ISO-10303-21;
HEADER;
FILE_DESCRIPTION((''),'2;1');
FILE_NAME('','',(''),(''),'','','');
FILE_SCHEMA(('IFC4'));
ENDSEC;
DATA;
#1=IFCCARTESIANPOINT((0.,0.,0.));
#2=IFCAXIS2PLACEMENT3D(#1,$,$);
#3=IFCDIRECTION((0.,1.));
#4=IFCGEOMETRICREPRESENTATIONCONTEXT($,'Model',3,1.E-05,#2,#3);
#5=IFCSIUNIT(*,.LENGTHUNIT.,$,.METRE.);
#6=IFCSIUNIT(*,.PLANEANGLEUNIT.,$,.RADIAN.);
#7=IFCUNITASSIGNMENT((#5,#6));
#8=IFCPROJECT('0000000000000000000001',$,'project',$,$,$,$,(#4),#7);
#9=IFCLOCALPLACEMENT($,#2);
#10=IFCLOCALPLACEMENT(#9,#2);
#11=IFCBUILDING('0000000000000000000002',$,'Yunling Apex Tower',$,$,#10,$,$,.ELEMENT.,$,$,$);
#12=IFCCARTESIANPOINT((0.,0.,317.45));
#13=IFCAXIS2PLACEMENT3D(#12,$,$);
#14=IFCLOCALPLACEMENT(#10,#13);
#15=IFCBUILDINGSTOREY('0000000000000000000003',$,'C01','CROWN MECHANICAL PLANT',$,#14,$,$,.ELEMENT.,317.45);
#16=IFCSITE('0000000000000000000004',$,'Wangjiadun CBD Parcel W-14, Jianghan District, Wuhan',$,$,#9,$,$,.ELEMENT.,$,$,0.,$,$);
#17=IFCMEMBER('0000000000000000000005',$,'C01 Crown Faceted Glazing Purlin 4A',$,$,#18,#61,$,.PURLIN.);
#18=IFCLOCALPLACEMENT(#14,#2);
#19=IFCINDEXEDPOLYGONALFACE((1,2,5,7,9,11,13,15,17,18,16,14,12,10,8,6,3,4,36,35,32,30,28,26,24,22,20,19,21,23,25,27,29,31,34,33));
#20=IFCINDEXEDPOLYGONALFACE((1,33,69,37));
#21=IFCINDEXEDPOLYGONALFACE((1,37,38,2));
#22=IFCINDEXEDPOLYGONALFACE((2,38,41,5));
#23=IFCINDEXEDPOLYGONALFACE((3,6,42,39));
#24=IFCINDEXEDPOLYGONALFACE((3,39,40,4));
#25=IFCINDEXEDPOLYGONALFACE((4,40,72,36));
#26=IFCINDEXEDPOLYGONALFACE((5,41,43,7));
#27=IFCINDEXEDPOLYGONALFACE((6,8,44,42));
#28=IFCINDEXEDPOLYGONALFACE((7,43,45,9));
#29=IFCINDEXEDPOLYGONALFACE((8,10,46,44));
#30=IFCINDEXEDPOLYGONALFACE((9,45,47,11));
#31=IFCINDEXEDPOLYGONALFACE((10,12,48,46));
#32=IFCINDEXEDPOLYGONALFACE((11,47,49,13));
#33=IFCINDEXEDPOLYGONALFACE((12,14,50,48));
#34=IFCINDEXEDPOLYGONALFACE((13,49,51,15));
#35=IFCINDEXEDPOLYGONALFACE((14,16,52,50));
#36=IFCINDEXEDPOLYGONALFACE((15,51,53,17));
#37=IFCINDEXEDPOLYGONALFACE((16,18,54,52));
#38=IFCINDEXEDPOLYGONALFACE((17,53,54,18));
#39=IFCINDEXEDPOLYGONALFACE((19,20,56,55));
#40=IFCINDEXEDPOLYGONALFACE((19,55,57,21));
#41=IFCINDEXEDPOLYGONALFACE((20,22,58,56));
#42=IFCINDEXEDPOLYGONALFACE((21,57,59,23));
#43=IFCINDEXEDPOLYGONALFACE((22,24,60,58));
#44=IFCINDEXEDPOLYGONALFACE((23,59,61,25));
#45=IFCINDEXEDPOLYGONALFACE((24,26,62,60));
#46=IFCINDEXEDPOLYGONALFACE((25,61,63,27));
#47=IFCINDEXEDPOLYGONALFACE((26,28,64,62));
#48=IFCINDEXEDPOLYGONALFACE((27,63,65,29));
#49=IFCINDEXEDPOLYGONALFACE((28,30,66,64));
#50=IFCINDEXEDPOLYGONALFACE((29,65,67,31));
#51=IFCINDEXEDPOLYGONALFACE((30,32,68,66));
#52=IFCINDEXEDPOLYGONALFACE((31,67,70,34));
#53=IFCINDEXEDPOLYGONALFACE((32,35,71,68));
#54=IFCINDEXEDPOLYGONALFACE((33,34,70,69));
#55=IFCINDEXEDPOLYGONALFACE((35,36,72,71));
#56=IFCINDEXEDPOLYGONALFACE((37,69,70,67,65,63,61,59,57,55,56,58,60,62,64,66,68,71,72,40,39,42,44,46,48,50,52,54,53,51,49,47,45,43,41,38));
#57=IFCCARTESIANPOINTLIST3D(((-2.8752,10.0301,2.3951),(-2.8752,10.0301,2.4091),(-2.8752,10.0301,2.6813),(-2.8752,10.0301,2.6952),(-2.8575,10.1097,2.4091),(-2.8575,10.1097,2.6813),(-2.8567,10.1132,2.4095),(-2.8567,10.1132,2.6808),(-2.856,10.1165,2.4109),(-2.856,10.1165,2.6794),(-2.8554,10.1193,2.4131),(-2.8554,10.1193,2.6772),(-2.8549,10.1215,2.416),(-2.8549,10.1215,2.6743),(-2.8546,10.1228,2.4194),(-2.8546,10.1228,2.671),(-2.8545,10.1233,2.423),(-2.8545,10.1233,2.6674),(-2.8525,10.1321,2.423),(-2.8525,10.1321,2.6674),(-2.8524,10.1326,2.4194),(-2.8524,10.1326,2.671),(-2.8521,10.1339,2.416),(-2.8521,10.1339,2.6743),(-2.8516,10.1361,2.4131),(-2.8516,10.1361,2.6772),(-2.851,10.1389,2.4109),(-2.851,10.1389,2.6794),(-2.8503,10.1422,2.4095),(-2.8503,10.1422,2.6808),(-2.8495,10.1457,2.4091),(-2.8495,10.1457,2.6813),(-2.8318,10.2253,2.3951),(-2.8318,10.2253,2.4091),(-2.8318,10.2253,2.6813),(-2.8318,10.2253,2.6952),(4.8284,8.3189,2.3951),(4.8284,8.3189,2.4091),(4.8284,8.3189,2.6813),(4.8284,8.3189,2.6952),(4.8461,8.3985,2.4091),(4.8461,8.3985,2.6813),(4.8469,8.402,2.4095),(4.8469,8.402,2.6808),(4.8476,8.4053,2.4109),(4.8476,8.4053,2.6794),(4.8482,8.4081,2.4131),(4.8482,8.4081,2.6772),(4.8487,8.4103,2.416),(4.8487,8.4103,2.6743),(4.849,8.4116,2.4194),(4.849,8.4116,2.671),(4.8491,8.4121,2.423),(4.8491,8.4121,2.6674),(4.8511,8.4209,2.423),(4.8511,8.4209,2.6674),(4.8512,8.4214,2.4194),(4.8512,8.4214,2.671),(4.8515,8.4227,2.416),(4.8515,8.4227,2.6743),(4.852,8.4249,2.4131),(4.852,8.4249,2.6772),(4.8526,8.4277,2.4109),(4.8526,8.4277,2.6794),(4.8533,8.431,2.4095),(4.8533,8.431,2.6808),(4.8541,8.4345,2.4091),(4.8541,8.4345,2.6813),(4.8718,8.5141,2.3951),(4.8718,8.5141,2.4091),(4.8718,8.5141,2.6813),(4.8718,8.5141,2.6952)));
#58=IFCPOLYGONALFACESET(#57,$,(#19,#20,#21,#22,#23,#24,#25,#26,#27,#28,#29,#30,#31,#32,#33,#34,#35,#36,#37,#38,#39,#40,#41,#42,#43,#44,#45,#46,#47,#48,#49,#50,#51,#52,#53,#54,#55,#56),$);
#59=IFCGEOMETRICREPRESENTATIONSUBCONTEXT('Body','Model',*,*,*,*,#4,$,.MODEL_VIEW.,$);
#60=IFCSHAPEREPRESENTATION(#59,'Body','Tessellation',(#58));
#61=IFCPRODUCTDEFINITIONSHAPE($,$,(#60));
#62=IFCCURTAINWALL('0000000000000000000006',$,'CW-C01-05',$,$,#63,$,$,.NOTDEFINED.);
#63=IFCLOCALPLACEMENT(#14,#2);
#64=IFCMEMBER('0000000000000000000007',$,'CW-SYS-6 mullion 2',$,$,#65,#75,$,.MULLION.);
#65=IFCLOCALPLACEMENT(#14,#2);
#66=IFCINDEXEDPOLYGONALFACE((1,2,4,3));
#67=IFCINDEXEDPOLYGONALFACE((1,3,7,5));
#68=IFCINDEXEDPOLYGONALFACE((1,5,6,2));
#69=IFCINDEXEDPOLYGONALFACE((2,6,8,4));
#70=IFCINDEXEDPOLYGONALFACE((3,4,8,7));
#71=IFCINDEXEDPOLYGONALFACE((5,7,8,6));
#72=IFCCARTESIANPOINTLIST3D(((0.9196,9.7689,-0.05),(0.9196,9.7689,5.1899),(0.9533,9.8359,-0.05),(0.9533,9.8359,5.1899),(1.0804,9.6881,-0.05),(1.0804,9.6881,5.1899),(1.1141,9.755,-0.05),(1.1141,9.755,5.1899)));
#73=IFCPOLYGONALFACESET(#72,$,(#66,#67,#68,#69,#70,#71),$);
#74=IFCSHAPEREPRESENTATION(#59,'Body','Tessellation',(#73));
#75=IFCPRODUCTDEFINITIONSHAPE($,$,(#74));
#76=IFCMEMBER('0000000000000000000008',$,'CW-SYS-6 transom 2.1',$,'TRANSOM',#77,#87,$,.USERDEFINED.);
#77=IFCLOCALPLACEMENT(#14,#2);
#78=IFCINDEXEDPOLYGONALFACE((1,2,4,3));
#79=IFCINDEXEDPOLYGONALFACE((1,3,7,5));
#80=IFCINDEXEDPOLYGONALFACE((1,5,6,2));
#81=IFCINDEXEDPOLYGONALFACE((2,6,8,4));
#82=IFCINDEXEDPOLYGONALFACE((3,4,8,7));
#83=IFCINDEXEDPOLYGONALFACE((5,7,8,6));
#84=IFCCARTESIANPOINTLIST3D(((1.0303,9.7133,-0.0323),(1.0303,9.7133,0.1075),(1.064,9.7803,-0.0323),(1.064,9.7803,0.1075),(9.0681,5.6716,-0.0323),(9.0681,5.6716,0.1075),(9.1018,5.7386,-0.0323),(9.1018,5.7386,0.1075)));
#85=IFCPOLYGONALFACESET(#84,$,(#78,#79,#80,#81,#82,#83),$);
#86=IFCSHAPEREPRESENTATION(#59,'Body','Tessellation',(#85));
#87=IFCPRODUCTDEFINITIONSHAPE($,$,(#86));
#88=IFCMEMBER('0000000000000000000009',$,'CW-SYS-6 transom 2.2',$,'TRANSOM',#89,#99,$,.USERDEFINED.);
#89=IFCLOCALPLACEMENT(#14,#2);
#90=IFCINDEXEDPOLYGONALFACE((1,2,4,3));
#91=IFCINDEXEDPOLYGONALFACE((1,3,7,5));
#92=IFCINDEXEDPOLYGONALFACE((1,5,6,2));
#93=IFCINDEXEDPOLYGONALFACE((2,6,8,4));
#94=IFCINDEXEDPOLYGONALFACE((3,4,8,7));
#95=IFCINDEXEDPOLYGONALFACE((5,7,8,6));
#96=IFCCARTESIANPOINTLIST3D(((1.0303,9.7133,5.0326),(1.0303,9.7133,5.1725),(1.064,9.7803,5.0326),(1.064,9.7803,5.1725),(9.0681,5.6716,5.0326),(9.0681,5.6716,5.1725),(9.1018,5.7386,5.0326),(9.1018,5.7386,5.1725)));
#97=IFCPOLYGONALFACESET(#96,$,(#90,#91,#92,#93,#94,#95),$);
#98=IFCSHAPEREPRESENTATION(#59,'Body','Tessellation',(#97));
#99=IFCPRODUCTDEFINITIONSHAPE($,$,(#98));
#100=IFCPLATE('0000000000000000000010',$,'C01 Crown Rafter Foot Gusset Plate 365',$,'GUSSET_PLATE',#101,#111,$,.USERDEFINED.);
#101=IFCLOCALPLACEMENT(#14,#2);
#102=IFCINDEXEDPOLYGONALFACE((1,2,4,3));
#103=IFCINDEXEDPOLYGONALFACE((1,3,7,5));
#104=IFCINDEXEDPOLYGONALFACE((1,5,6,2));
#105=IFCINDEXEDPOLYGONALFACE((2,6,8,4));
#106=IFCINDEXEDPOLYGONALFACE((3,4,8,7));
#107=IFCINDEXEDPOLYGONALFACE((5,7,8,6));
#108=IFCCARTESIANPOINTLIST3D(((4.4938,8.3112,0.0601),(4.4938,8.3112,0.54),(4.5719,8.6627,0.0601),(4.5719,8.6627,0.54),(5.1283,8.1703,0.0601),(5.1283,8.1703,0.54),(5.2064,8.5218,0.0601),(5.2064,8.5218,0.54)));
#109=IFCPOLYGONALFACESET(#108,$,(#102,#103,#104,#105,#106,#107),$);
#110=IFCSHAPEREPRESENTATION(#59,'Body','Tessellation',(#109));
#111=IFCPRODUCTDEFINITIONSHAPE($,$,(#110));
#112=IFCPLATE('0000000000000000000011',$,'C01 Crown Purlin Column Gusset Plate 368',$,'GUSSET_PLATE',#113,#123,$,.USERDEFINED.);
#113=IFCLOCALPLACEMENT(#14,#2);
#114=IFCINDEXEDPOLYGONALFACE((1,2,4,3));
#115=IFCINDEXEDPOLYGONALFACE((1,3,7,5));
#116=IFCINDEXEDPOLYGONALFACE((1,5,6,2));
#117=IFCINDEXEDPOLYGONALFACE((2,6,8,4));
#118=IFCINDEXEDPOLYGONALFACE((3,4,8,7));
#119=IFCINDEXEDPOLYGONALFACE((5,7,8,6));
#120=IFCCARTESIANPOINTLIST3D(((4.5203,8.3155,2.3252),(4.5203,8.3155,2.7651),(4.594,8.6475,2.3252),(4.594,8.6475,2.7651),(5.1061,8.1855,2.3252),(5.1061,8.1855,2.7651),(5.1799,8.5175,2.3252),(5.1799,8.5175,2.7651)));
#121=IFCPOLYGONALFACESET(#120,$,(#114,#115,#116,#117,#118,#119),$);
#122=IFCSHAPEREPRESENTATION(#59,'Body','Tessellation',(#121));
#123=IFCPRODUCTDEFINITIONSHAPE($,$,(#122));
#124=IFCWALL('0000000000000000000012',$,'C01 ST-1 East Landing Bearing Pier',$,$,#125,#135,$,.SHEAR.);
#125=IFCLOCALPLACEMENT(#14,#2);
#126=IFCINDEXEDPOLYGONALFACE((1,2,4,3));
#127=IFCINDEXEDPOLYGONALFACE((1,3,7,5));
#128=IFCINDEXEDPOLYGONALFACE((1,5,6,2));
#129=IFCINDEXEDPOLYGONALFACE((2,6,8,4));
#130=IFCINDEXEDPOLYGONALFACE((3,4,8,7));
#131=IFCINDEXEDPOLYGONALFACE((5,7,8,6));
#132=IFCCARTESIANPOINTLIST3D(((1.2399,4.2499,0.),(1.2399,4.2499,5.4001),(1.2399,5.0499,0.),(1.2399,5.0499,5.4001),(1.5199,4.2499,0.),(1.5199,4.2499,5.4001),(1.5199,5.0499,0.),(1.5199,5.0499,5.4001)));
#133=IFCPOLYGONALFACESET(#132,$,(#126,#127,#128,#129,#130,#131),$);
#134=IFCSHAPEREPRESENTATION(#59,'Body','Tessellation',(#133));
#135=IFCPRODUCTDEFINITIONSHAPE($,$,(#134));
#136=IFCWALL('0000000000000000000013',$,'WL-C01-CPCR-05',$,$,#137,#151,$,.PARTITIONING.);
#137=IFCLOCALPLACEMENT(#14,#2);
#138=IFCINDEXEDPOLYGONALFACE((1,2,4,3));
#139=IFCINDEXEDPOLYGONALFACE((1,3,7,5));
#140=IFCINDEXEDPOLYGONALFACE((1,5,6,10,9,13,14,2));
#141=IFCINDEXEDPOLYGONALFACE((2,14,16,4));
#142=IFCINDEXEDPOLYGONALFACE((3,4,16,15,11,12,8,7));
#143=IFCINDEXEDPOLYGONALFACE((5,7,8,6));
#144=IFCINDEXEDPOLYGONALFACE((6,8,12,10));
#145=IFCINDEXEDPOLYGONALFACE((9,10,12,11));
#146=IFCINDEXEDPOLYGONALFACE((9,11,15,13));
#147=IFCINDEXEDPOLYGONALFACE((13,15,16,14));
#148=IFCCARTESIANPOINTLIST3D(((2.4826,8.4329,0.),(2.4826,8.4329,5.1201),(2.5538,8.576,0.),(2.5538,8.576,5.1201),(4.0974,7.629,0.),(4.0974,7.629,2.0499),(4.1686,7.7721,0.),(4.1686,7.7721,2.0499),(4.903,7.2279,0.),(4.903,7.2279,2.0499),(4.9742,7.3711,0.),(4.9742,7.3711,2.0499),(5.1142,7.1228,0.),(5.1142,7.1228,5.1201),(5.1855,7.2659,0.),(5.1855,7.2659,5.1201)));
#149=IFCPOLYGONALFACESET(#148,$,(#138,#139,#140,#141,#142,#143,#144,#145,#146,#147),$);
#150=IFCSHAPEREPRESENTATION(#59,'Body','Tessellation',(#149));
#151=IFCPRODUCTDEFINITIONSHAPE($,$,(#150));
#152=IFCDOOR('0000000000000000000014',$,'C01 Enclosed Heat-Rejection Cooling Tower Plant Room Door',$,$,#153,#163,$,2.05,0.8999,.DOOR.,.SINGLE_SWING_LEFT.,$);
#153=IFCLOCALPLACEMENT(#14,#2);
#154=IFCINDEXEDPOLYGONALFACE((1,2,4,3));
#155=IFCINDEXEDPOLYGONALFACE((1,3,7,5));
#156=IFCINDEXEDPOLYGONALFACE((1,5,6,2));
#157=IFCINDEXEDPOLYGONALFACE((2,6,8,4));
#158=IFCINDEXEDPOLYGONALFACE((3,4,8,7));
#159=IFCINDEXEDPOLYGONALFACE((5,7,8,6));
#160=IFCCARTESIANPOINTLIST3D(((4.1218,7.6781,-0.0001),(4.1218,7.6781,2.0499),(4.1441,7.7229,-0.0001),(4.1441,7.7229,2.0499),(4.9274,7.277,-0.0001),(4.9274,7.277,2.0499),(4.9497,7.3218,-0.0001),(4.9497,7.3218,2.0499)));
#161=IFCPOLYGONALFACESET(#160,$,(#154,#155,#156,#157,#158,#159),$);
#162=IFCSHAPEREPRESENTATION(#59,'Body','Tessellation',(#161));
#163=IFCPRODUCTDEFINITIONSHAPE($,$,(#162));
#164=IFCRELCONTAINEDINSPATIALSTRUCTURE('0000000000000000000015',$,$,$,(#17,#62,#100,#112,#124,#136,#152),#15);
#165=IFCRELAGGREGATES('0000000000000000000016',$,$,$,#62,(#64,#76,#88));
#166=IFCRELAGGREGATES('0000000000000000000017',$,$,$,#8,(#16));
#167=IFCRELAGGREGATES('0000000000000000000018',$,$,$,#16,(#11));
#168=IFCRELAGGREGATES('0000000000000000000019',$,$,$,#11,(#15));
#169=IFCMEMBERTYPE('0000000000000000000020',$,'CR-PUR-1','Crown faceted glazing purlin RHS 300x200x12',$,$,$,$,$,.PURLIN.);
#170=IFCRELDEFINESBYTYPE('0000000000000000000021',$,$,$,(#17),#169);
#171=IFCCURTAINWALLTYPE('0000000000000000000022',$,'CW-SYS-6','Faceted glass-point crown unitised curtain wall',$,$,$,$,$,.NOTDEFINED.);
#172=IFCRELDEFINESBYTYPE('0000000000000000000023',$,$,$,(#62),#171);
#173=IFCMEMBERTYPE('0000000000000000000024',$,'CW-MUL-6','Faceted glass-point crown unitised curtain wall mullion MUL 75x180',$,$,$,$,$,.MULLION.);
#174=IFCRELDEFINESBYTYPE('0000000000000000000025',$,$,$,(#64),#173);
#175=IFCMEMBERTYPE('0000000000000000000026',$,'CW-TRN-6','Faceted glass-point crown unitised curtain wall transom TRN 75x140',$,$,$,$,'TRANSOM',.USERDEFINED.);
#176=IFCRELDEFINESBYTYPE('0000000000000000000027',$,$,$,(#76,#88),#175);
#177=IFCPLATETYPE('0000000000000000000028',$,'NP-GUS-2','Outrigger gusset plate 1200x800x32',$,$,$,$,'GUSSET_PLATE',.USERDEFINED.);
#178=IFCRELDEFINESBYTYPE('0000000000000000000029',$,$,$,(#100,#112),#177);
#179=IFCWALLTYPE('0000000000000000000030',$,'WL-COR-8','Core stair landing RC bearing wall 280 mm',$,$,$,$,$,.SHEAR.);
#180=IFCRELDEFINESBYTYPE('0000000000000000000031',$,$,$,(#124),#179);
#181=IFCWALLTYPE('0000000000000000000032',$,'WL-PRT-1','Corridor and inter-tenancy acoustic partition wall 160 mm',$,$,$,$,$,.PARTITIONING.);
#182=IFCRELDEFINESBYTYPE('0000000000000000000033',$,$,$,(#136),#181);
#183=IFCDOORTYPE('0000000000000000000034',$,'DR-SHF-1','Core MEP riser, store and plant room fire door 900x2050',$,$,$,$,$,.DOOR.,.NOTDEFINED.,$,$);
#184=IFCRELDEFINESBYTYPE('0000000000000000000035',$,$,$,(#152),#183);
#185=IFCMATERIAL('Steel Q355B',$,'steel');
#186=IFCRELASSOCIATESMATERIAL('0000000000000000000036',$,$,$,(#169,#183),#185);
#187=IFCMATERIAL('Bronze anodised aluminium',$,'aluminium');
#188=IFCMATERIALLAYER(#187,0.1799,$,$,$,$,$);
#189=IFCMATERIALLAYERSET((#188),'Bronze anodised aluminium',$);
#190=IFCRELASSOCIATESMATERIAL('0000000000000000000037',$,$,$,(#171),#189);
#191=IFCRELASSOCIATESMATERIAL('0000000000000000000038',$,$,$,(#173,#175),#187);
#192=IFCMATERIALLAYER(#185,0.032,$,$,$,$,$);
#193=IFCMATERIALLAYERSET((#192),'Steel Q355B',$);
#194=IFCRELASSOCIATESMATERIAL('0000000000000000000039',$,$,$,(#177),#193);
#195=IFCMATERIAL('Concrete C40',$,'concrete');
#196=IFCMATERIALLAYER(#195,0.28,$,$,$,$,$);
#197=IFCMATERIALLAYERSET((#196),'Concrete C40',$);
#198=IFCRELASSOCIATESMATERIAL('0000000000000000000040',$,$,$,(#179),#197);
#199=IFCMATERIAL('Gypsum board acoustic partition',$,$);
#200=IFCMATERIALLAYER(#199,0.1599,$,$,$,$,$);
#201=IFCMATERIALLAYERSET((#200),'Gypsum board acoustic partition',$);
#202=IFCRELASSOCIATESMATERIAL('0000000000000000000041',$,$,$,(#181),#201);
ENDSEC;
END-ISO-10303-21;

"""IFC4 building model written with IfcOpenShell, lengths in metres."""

from ifc_helpers import new_model, si_unit, direction, frame, frame_2d, origin, origin_2d, place, context, subcontext, project, spatial, rectangle, i_section, extrude, source, transform, mapped, material, layer, layer_set, material_profile, profile_set, type_object, element, fill, aggregate, save


model = new_model("IFC4")

# Units and contexts
model_context = context("Model", 3, precision=1e-05, world=origin(), true_north=direction((0.0, 1.0)))
body_context = subcontext(model_context, "Body", "Model", "MODEL_VIEW")
ifc_project = project(units=[si_unit("LENGTHUNIT", "METRE"), si_unit("PLANEANGLEUNIT", "RADIAN")], contexts=[model_context])

# Site, building, storey
site_placement = place(None, origin())
site = spatial("IfcSite", under=ifc_project, at=site_placement, Name="Wangjiadun CBD Parcel W-14, Jianghan District, Wuhan", CompositionType="ELEMENT", RefElevation=0.0)
building_placement = place(site_placement, origin())
building = spatial("IfcBuilding", under=site, at=building_placement, Name="Yunling Apex Tower", CompositionType="ELEMENT")
storey_placement = place(building_placement, frame((0.0, 0.0, 317.45)))
storey = spatial("IfcBuildingStorey", under=building, at=storey_placement, Name="C01", Description="CROWN MECHANICAL PLANT", CompositionType="ELEMENT", Elevation=317.45)

# Shared definitions
ifc_material_1 = material(Name="Steel Q355B", Category="steel")

# Member
ifc_material_profile_1 = material_profile(ifc_material_1, i_section(OverallWidth=0.2, OverallDepth=0.3, WebThickness=0.009, FlangeThickness=0.0139, FilletRadius=0.0139, at=origin_2d()))
ifc_profile_set_1 = profile_set([ifc_material_profile_1], Name="Steel Q355B")
member_type_1 = type_object("IfcMemberType", Name="CR-PUR-1", Description="Crown faceted glazing purlin RHS 300x200x12", PredefinedType="PURLIN", material=ifc_profile_set_1)
shared_shape_1 = source(origin(), body_context, "Body", "SweptSolid", [
    extrude(i_section(OverallWidth=0.2, OverallDepth=0.3, WebThickness=0.009, FlangeThickness=0.0139, FilletRadius=0.0139, at=origin_2d()), origin(), (0.0, 0.0, 1.0), 7.8914),
])
member_1_placement = place(storey_placement, frame((4.8501, 8.4165, 2.5452), z_axis=(-0.976207, 0.216842, 0.0), x_axis=(-0.216842, -0.976207, 0.0)))
element("IfcMember", 1, at=member_1_placement, inside=storey, type_object=member_type_1, Name="C01 Crown Faceted Glazing Purlin 4A", PredefinedType="PURLIN", context=body_context, shape_type="MappedRepresentation", body=[
    mapped(shared_shape_1, transform((0.0, 0.0, 0.0), scale=1.0)),
])

# Curtain wall, members
ifc_material_2 = material(Name="Bronze anodised aluminium", Category="aluminium")
ifc_layer_1 = layer(ifc_material_2, 0.1799)
ifc_layer_set_1 = layer_set([ifc_layer_1], Name="Bronze anodised aluminium")
curtain_wall_type = type_object("IfcCurtainWallType", Name="CW-SYS-6", Description="Faceted glass-point crown unitised curtain wall", PredefinedType="NOTDEFINED", material=ifc_layer_set_1)
curtain_wall_placement = place(storey_placement, origin())
curtain_wall = element("IfcCurtainWall", 2, at=curtain_wall_placement, inside=storey, type_object=curtain_wall_type, Name="CW-C01-05", PredefinedType="NOTDEFINED")
ifc_material_profile_2 = material_profile(ifc_material_2, rectangle(XDim=0.075, YDim=0.1799, at=origin_2d()))
ifc_profile_set_2 = profile_set([ifc_material_profile_2], Name="Bronze anodised aluminium")
member_type_2 = type_object("IfcMemberType", Name="CW-MUL-6", Description="Faceted glass-point crown unitised curtain wall mullion MUL 75x180", PredefinedType="MULLION", material=ifc_profile_set_2)
shared_shape_2 = source(origin(), body_context, "Body", "SweptSolid", [
    extrude(rectangle(XDim=0.075, YDim=0.1799, at=origin_2d()), origin(), (0.0, 0.0, 1.0), 5.24),
])
member_2_placement = place(storey_placement, frame((1.0168, 9.762, -0.05), z_axis=(0.0, 0.0, 1.0), x_axis=(0.449228, 0.893417, 0.0)))
member_2 = element("IfcMember", 3, at=member_2_placement, type_object=member_type_2, Name="CW-SYS-6 mullion 2", PredefinedType="MULLION", context=body_context, shape_type="MappedRepresentation", body=[
    mapped(shared_shape_2, transform((0.0, 0.0, 0.0), scale=1.0)),
])
ifc_material_profile_3 = material_profile(ifc_material_2, rectangle(XDim=0.075, YDim=0.1399, at=origin_2d()))
ifc_profile_set_3 = profile_set([ifc_material_profile_3], Name="Bronze anodised aluminium")
member_type_3 = type_object("IfcMemberType", Name="CW-TRN-6", Description="Faceted glass-point crown unitised curtain wall transom TRN 75x140", ElementType="TRANSOM", PredefinedType="USERDEFINED", material=ifc_profile_set_3)
shared_shape_3 = source(origin(), body_context, "Body", "SweptSolid", [
    extrude(rectangle(XDim=0.075, YDim=0.1399, at=origin_2d()), origin(), (0.0, 0.0, 1.0), 8.9968),
])
member_3_placement = place(storey_placement, frame((1.0471, 9.7468, 0.0376), z_axis=(0.89341, -0.449242, 0.0), x_axis=(0.449242, 0.89341, 0.0)))
member_3 = element("IfcMember", 4, at=member_3_placement, type_object=member_type_3, Name="CW-SYS-6 transom 2.1", ObjectType="TRANSOM", PredefinedType="USERDEFINED", context=body_context, shape_type="MappedRepresentation", body=[
    mapped(shared_shape_3, transform((0.0, 0.0, 0.0), scale=1.0)),
])
member_4_placement = place(storey_placement, frame((1.0471, 9.7468, 5.1025), z_axis=(0.89341, -0.449242, 0.0), x_axis=(0.449242, 0.89341, 0.0)))
member_4 = element("IfcMember", 5, at=member_4_placement, type_object=member_type_3, Name="CW-SYS-6 transom 2.2", ObjectType="TRANSOM", PredefinedType="USERDEFINED", context=body_context, shape_type="MappedRepresentation", body=[
    mapped(shared_shape_3, transform((0.0, 0.0, 0.0), scale=1.0)),
])
aggregate(curtain_wall, [member_2, member_3, member_4])

# Plates
ifc_layer_2 = layer(ifc_material_1, 0.032)
ifc_layer_set_2 = layer_set([ifc_layer_2], Name="Steel Q355B")
plate_type = type_object("IfcPlateType", Name="NP-GUS-2", Description="Outrigger gusset plate 1200x800x32", ElementType="GUSSET_PLATE", PredefinedType="USERDEFINED", material=ifc_layer_set_2)
shared_shape_4 = source(origin(), body_context, "Body", "SweptSolid", [
    extrude(rectangle(XDim=0.6499, YDim=0.3601, at=origin_2d()), origin(), (0.0, 0.0, 1.0), 0.48),
])
plate_1_placement = place(storey_placement, frame((4.8501, 8.4165, 0.0601), z_axis=(0.0, 0.0, 1.0), x_axis=(-0.97622, 0.21678, 0.0)))
element("IfcPlate", 6, at=plate_1_placement, inside=storey, type_object=plate_type, Name="C01 Crown Rafter Foot Gusset Plate 365", ObjectType="GUSSET_PLATE", PredefinedType="USERDEFINED", context=body_context, shape_type="MappedRepresentation", body=[
    mapped(shared_shape_4, transform((0.0, 0.0, 0.0), scale=1.0)),
])
shared_shape_5 = source(origin(), body_context, "Body", "SweptSolid", [
    extrude(rectangle(XDim=0.6001, YDim=0.3401, at=origin_2d()), origin(), (0.0, 0.0, 1.0), 0.4399),
])
plate_2_placement = place(storey_placement, frame((4.8501, 8.4165, 2.3252), z_axis=(0.0, 0.0, 1.0), x_axis=(-0.97622, 0.21678, 0.0)))
element("IfcPlate", 7, at=plate_2_placement, inside=storey, type_object=plate_type, Name="C01 Crown Purlin Column Gusset Plate 368", ObjectType="GUSSET_PLATE", PredefinedType="USERDEFINED", context=body_context, shape_type="MappedRepresentation", body=[
    mapped(shared_shape_5, transform((0.0, 0.0, 0.0), scale=1.0)),
])

# Wall
ifc_material_3 = material(Name="Concrete C40", Category="concrete")
ifc_layer_3 = layer(ifc_material_3, 0.28)
ifc_layer_set_3 = layer_set([ifc_layer_3], Name="Concrete C40")
wall_type_1 = type_object("IfcWallType", Name="WL-COR-8", Description="Core stair landing RC bearing wall 280 mm", PredefinedType="SHEAR", material=ifc_layer_set_3)
wall_1_placement = place(storey_placement, frame((1.3799, 4.25, 0.0), z_axis=(0.0, 0.0, 1.0), x_axis=(0.0, 1.0, 0.0)))
element("IfcWall", 8, at=wall_1_placement, inside=storey, type_object=wall_type_1, Name="C01 ST-1 East Landing Bearing Pier", PredefinedType="SHEAR", context=body_context, shape_type="SweptSolid", body=[
    extrude(rectangle(XDim=0.8, YDim=0.28, at=frame_2d((0.3999, 0.0))), origin(), (0.0, 0.0, 1.0), 5.4001),
])

# Wall, opening, door
ifc_material_4 = material(Name="Gypsum board acoustic partition")
ifc_layer_4 = layer(ifc_material_4, 0.1599)
ifc_layer_set_4 = layer_set([ifc_layer_4], Name="Gypsum board acoustic partition")
wall_type_2 = type_object("IfcWallType", Name="WL-PRT-1", Description="Corridor and inter-tenancy acoustic partition wall 160 mm", PredefinedType="PARTITIONING", material=ifc_layer_set_4)
wall_2_placement = place(storey_placement, frame((2.5183, 8.5044, 0.0), z_axis=(0.0, 0.0, 1.0), x_axis=(0.895207, -0.445652, 0.0)))
wall_2 = element("IfcWall", 9, at=wall_2_placement, inside=storey, type_object=wall_type_2, Name="WL-C01-CPCR-05", PredefinedType="PARTITIONING", context=body_context, shape_type="SweptSolid", body=[
    extrude(rectangle(XDim=2.9397, YDim=0.1599, at=frame_2d((1.4697, 0.0))), origin(), (0.0, 0.0, 1.0), 5.1201),
])
opening_placement = place(wall_2_placement, frame((1.8037, 0.0, 0.0)))
opening = element("IfcOpeningElement", 10, at=opening_placement, cuts=wall_2, PredefinedType="OPENING", context=body_context, shape_type="SweptSolid", body=[
    extrude(rectangle(XDim=0.8999, YDim=2.05, at=frame_2d((0.45, 1.0249))), frame((0.0, 0.0898, 0.0), z_axis=(0.0, -1.0, 0.0), x_axis=(1.0, 0.0, 0.0)), (0.0, 0.0, 1.0), 0.1799),
])
door_type = type_object("IfcDoorType", Name="DR-SHF-1", Description="Core MEP riser, store and plant room fire door 900x2050", OperationType="NOTDEFINED", PredefinedType="DOOR", material=ifc_material_1)
door_placement = place(opening_placement, origin())
door = element("IfcDoor", 11, at=door_placement, inside=storey, type_object=door_type, Name="C01 Enclosed Heat-Rejection Cooling Tower Plant Room Door", OperationType="SINGLE_SWING_LEFT", OverallHeight=2.05, OverallWidth=0.8999, PredefinedType="DOOR", context=body_context, shape_type="SweptSolid", body=[
    extrude(rectangle(XDim=0.8999, YDim=2.05, at=frame_2d((0.45, 1.0249))), frame((0.0, 0.0249, 0.0), z_axis=(0.0, -1.0, 0.0), x_axis=(1.0, 0.0, 0.0)), (0.0, 0.0, 1.0), 0.05),
])
fill(opening, door)

save(model, "model.ifc")
